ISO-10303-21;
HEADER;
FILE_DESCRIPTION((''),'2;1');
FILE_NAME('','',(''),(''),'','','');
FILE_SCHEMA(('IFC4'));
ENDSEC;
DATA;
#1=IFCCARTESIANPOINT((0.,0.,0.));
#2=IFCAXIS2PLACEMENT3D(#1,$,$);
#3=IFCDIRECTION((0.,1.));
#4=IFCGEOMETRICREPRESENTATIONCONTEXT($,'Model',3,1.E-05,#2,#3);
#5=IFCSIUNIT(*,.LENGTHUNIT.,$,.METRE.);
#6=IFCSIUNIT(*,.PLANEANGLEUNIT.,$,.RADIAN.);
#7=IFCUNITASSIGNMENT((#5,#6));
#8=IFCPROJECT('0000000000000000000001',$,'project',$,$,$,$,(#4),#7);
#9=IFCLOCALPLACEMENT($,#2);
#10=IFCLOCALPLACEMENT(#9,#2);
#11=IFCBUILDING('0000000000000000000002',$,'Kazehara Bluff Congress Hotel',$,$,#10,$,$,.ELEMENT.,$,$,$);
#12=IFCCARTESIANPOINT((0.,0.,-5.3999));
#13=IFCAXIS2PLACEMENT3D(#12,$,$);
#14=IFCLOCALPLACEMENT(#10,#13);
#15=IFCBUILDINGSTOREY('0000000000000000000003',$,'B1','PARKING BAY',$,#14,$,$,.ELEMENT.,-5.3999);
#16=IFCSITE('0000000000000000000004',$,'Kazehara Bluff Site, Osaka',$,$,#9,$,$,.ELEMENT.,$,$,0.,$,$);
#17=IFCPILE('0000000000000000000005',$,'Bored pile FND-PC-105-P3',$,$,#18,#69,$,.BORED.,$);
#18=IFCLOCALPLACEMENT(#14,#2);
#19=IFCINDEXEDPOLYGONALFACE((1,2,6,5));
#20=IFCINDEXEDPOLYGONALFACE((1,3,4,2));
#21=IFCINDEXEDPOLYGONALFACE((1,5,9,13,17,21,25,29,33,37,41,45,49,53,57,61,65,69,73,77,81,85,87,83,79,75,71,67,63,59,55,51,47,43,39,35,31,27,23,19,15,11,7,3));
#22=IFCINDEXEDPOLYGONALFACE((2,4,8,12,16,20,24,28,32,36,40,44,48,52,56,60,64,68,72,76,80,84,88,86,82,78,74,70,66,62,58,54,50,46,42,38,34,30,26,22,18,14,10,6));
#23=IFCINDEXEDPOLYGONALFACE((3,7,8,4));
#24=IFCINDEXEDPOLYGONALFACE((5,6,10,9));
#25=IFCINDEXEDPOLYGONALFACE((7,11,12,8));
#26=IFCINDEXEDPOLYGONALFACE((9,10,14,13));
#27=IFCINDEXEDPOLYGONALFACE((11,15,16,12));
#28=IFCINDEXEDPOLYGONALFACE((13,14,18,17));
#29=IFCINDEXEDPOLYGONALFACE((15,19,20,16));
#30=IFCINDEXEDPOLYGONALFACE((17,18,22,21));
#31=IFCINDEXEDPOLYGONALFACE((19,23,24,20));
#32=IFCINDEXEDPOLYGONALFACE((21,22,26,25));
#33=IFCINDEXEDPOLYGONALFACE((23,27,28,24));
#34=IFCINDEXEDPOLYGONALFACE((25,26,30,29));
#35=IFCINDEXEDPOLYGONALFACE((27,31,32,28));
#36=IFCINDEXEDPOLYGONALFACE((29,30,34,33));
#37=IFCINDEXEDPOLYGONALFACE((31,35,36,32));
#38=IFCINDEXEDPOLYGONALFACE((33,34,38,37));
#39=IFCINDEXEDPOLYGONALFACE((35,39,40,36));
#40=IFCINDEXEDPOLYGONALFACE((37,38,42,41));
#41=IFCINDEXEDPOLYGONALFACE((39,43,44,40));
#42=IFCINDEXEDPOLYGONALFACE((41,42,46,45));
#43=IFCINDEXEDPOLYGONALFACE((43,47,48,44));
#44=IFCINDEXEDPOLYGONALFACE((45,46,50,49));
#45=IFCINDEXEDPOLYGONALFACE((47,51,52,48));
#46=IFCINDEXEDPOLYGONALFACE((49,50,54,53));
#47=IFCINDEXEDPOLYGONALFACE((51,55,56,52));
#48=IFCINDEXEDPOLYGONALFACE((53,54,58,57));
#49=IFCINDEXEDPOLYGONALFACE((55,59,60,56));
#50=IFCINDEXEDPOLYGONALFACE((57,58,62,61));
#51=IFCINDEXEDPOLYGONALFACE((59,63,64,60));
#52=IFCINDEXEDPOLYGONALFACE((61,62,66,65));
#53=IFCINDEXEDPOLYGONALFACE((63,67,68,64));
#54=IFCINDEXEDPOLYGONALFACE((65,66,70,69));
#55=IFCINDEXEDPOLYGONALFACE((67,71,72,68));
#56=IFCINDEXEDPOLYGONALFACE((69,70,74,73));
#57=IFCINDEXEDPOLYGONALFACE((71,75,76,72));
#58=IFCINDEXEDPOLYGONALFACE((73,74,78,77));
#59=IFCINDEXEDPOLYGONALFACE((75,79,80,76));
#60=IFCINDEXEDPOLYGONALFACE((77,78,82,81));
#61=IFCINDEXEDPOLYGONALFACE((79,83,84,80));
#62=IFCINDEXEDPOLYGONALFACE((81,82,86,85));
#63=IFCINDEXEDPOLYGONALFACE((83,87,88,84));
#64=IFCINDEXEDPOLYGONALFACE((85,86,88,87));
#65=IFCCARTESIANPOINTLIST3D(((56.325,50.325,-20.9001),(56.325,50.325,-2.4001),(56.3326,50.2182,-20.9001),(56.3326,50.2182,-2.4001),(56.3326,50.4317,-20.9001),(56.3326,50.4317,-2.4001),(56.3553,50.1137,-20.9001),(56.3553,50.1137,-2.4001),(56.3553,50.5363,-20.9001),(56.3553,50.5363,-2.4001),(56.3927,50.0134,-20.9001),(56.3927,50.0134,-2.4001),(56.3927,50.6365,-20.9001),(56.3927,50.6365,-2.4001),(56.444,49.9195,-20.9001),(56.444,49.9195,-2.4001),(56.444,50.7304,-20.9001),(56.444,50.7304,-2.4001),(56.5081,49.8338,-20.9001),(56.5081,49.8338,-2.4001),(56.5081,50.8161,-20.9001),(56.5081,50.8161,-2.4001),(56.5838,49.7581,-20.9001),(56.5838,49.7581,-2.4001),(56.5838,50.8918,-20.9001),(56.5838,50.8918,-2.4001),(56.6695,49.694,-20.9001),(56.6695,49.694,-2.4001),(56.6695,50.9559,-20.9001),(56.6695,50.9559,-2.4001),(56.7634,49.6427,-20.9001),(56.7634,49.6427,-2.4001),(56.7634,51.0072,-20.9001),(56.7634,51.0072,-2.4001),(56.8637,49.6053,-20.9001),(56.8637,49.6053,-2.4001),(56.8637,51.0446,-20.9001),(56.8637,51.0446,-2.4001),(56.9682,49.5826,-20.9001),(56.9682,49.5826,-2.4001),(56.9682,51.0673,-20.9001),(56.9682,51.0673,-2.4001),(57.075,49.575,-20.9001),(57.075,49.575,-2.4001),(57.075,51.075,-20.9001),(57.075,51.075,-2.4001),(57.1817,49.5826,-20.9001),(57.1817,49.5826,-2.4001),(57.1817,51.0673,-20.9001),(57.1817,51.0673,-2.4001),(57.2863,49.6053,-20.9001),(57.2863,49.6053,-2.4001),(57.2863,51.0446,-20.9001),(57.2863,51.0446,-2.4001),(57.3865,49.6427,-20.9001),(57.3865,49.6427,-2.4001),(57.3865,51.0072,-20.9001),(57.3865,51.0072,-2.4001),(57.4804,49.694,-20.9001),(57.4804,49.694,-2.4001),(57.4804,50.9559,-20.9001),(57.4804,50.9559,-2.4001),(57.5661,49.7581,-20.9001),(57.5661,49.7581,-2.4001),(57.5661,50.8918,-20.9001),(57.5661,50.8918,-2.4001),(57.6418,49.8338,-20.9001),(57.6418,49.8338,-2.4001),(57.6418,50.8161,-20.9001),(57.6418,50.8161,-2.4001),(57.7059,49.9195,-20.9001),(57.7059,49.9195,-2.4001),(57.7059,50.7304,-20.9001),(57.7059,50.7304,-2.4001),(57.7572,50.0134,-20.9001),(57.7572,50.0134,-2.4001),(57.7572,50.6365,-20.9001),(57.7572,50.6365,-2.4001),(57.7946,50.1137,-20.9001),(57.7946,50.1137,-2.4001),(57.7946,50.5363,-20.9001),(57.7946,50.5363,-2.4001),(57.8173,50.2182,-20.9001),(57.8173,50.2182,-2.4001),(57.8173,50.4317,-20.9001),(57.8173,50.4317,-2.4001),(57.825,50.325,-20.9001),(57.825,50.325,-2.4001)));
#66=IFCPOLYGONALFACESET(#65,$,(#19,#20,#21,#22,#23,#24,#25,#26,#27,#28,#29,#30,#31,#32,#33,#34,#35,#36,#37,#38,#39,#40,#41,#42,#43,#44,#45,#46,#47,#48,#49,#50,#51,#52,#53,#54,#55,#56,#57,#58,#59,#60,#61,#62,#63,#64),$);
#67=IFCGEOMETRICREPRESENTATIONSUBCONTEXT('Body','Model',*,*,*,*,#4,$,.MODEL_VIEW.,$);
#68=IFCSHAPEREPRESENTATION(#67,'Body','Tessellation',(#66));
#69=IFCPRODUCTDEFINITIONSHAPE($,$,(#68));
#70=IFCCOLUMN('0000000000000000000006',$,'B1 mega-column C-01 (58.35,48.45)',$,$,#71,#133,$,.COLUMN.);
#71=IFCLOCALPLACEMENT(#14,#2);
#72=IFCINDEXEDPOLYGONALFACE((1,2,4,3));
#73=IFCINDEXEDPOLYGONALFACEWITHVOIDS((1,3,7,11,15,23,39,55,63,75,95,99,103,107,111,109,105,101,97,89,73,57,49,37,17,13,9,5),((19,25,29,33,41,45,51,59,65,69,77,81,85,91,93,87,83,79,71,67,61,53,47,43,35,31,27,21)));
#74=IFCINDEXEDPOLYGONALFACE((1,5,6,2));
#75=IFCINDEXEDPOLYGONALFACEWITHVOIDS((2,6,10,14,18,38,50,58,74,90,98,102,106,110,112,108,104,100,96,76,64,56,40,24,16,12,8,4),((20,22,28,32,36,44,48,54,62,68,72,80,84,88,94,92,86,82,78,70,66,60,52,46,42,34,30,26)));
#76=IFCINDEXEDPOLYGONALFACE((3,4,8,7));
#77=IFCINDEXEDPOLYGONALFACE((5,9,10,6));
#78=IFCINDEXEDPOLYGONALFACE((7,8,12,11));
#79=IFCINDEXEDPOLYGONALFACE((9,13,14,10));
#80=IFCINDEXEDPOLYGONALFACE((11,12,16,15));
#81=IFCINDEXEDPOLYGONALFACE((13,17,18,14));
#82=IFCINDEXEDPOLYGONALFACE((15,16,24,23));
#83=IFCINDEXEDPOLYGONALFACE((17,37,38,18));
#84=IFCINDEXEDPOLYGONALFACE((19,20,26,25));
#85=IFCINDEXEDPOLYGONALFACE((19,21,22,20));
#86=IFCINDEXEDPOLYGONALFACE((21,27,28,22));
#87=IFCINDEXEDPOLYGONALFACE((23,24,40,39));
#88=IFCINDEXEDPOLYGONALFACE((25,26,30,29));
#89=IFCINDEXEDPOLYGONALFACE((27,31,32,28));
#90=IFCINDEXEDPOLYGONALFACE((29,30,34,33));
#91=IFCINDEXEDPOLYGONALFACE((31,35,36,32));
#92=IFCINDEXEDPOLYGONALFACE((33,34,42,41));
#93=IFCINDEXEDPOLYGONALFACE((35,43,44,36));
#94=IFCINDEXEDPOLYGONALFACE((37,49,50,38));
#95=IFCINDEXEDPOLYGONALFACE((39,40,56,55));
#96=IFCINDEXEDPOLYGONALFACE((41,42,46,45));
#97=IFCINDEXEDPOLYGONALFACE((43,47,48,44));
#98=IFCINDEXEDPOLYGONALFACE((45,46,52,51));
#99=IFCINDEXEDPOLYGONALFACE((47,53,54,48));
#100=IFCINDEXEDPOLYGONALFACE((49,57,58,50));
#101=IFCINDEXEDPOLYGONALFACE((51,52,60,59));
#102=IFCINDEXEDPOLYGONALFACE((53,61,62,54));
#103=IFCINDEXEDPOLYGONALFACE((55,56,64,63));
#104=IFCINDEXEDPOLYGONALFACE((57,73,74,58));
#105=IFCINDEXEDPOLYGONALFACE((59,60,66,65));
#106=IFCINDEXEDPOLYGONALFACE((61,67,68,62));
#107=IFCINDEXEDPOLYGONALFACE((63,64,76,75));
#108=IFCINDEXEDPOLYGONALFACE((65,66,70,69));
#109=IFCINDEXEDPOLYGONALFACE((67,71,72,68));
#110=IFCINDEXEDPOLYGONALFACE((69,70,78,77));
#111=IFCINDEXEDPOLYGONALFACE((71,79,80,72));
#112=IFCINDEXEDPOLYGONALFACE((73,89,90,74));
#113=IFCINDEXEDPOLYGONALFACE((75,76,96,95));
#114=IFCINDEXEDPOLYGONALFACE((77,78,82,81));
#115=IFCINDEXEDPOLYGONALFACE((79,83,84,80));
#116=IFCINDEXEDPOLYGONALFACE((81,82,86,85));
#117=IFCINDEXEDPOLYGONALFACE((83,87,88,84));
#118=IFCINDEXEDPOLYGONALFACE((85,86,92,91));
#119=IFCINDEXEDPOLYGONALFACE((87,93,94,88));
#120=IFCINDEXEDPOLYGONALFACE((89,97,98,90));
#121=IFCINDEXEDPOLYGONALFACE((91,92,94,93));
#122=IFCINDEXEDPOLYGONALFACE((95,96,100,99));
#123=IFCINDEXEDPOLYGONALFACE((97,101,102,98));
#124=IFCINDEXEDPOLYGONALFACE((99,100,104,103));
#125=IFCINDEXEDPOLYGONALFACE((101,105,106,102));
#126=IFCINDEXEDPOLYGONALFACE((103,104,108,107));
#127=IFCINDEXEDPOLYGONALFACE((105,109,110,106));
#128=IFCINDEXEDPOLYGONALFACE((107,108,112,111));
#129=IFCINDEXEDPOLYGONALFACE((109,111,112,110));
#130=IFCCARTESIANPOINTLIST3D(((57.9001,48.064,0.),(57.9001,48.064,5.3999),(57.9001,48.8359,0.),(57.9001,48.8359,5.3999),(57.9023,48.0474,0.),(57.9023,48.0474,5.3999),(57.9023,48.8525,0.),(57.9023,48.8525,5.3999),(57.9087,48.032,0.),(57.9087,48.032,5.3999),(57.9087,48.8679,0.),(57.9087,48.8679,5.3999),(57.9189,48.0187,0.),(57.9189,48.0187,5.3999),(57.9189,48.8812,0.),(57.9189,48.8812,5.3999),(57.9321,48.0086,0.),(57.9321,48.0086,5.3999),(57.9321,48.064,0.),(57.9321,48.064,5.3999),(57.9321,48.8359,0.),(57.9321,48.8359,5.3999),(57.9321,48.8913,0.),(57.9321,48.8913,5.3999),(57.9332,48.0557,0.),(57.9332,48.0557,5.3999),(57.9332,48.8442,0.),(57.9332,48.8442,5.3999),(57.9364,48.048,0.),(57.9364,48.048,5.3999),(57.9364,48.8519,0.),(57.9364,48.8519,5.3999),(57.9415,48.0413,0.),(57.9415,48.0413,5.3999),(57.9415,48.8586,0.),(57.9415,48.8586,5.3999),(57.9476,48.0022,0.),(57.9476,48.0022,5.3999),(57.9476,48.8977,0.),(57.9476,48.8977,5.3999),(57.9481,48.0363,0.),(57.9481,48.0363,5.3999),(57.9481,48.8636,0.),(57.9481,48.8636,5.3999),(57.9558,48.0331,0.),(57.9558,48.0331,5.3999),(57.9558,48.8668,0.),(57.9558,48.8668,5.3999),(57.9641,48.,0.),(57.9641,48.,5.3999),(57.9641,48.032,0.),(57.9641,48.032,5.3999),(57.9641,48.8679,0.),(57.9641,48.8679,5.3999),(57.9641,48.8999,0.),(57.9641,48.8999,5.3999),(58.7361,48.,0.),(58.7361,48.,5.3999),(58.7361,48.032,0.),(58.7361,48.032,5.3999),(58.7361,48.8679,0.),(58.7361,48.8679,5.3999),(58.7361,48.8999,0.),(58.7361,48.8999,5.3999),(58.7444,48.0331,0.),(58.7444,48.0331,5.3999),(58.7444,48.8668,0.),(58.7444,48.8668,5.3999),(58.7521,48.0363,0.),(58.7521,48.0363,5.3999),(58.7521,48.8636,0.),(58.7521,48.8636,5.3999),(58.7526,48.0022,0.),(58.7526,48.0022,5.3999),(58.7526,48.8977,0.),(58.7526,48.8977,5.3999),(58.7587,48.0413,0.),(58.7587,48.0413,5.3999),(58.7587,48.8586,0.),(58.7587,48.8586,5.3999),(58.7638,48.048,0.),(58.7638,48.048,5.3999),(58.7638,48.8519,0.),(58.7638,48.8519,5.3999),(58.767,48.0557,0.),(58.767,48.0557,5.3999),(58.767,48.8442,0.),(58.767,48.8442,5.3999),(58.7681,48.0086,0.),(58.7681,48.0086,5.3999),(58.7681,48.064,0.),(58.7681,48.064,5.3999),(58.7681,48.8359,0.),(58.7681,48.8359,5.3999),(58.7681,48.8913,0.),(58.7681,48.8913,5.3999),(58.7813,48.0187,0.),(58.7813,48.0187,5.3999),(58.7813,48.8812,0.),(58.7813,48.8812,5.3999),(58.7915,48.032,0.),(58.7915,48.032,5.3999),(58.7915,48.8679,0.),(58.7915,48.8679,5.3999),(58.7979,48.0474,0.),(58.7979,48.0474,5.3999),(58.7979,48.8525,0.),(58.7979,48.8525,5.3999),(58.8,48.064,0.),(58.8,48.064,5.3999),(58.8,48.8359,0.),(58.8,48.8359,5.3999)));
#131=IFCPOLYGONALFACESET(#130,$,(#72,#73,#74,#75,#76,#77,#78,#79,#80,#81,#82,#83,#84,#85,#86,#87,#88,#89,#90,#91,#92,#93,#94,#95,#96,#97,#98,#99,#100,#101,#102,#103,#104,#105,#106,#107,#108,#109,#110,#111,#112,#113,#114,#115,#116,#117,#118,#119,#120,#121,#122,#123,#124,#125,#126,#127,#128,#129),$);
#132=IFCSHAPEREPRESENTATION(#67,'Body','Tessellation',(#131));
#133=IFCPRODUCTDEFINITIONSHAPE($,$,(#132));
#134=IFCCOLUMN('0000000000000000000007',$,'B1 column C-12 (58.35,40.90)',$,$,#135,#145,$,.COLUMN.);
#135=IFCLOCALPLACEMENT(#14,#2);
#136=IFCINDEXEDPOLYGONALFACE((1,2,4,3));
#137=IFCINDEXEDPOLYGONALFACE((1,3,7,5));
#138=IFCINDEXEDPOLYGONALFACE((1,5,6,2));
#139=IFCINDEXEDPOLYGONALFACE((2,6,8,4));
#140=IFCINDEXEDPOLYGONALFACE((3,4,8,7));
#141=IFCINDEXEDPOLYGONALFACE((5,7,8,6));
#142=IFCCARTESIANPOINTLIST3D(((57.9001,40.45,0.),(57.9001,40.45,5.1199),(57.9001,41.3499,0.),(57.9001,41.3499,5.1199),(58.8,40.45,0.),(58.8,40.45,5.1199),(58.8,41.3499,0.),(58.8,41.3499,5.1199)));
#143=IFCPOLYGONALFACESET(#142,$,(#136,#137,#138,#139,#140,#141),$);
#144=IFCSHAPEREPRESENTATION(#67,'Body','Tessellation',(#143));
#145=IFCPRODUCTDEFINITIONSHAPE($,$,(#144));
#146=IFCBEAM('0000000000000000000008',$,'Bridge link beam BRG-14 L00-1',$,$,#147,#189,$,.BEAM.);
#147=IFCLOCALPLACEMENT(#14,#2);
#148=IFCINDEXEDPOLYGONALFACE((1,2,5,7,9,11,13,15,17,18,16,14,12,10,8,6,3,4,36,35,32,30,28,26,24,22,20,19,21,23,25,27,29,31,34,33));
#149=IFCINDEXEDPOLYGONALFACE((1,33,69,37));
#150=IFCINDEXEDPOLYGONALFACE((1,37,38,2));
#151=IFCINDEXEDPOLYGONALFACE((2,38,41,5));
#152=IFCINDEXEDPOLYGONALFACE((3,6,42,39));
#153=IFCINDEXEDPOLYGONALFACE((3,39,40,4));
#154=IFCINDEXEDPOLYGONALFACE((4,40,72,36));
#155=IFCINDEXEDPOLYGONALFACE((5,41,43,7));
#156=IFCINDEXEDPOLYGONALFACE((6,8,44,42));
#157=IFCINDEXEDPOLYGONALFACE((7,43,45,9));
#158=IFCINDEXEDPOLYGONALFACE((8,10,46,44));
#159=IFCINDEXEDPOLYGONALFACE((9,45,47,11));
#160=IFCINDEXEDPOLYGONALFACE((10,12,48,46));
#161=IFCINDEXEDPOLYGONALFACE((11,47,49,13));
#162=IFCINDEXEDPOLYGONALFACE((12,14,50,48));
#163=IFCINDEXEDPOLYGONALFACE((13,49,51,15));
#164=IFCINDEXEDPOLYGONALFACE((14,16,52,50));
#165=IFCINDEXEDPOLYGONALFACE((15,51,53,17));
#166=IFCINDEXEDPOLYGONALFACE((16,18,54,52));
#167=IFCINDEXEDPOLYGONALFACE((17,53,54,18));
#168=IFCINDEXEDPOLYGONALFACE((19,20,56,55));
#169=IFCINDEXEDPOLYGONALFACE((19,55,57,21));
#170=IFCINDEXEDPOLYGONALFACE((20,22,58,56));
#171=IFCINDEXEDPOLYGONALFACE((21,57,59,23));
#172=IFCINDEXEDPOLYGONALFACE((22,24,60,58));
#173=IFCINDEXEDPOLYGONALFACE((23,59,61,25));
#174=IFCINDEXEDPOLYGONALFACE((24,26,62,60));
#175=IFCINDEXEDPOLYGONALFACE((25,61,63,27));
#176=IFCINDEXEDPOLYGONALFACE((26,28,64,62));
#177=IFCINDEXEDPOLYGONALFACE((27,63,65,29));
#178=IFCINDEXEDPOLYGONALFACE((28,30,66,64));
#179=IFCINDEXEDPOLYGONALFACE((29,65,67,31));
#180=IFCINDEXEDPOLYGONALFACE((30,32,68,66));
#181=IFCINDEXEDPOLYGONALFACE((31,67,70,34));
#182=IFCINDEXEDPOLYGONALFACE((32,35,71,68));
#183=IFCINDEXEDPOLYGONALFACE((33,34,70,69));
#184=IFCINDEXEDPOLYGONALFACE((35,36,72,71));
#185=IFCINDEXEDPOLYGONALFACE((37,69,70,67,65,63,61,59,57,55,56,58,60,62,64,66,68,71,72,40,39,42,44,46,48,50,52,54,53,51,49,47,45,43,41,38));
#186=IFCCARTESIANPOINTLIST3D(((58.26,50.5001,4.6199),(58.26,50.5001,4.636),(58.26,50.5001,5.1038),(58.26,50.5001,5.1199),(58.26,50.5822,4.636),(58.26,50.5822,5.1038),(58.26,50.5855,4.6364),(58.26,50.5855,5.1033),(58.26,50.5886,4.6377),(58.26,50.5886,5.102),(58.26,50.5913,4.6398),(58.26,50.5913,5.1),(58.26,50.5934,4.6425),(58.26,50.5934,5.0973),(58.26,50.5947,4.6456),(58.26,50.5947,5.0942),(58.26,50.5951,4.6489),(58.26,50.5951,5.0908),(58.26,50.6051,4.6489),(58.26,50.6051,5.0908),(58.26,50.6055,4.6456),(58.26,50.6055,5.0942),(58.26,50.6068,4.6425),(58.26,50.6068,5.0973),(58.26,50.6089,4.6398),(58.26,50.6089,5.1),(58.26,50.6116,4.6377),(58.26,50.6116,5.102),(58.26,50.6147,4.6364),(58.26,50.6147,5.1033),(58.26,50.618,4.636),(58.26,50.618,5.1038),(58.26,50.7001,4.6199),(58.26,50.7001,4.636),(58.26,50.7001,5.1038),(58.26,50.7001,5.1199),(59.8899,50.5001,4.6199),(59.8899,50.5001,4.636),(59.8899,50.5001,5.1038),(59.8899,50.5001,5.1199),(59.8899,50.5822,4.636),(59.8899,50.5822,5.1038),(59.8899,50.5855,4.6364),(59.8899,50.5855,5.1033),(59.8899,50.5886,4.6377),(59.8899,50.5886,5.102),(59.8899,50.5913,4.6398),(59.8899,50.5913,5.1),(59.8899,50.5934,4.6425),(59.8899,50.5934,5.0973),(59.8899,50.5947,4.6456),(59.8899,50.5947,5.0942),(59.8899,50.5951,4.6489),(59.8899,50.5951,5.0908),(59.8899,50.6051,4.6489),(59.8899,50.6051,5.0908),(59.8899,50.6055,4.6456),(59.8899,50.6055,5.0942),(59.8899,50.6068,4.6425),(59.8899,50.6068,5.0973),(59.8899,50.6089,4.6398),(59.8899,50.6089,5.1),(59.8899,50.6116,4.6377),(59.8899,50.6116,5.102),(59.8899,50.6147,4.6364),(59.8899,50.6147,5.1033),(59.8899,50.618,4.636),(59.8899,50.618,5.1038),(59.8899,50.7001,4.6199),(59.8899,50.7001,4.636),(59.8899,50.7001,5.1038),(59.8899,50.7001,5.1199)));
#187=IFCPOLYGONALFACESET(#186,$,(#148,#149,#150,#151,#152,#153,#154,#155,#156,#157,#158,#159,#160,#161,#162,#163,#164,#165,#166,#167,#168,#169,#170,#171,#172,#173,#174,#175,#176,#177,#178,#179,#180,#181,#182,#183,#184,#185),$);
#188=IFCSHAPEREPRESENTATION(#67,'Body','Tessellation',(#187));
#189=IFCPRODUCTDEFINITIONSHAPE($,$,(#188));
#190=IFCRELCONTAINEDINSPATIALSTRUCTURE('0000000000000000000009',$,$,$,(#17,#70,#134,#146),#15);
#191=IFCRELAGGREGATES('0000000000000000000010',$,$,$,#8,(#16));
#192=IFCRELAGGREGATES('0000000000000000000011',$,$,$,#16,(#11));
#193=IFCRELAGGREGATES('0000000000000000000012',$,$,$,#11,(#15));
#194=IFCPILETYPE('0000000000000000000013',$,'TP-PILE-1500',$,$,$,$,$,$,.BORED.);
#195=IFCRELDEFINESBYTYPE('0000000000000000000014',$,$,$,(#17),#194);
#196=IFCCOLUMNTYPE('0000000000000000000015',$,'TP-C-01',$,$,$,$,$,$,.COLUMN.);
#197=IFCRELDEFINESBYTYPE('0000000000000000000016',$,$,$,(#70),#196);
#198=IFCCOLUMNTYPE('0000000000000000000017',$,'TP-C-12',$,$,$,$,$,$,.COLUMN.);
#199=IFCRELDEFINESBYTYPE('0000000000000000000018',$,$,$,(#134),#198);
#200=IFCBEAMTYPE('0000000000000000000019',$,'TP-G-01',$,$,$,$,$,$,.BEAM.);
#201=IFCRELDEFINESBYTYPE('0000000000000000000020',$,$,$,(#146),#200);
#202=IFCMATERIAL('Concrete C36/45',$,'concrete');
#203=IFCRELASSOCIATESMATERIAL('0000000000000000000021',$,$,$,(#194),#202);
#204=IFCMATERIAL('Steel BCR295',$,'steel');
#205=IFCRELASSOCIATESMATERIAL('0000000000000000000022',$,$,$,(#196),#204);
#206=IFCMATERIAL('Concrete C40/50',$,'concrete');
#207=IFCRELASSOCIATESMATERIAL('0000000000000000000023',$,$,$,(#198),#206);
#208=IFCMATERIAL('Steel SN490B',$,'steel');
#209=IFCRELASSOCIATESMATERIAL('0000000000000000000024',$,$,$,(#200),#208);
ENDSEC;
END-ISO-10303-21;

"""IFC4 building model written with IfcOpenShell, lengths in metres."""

from ifc_helpers import new_model, si_unit, direction, frame, origin, origin_2d, place, context, subcontext, project, spatial, rectangle, hollow_rectangle, circle, i_section, extrude, material, material_profile, profile_set, type_object, element, save


model = new_model("IFC4")

# Units and contexts
model_context = context("Model", 3, precision=1e-05, world=origin(), true_north=direction((0.0, 1.0)))
body_context = subcontext(model_context, "Body", "Model", "MODEL_VIEW")
ifc_project = project(units=[si_unit("LENGTHUNIT", "METRE"), si_unit("PLANEANGLEUNIT", "RADIAN")], contexts=[model_context])

# Site, building, storey
site_placement = place(None, origin())
site = spatial("IfcSite", under=ifc_project, at=site_placement, Name="Kazehara Bluff Site, Osaka", CompositionType="ELEMENT", RefElevation=0.0)
building_placement = place(site_placement, origin())
building = spatial("IfcBuilding", under=site, at=building_placement, Name="Kazehara Bluff Congress Hotel", CompositionType="ELEMENT")
storey_placement = place(building_placement, frame((0.0, 0.0, -5.3999)))
storey = spatial("IfcBuildingStorey", under=building, at=storey_placement, Name="B1", Description="PARKING BAY", CompositionType="ELEMENT", Elevation=-5.3999)

# Pile
ifc_material_1 = material(Name="Concrete C36/45", Category="concrete")
ifc_material_profile_1 = material_profile(ifc_material_1, circle(Radius=0.75, at=origin_2d()))
ifc_profile_set_1 = profile_set([ifc_material_profile_1], Name="Concrete C36/45")
pile_type_1 = type_object("IfcPileType", Name="TP-PILE-1500", PredefinedType="BORED", material=ifc_profile_set_1)
for number, where, z_axis, x_axis, name in (
    (1, (57.075, 50.325, -2.4001), (0.0, 0.0, -1.0), (1.0, 0.0, 0.0), "Bored pile FND-PC-105-P3"),
):
    element("IfcPile", number, at=place(storey_placement, frame(where, z_axis=z_axis, x_axis=x_axis)), inside=storey, type_object=pile_type_1, Name=name, PredefinedType="BORED", context=body_context, shape_type="SweptSolid", body=[
        extrude(circle(Radius=0.75, at=origin_2d()), origin(), (0.0, 0.0, 1.0), 18.5),
    ])

# Columns
ifc_material_2 = material(Name="Steel BCR295", Category="steel")
ifc_material_profile_2 = material_profile(ifc_material_2, hollow_rectangle(XDim=0.8999, YDim=0.8999, WallThickness=0.032, InnerFilletRadius=0.032, OuterFilletRadius=0.064, at=origin_2d()))
ifc_profile_set_2 = profile_set([ifc_material_profile_2], Name="Steel BCR295")
column_type_1 = type_object("IfcColumnType", Name="TP-C-01", PredefinedType="COLUMN", material=ifc_profile_set_2)
column_1_placement = place(storey_placement, frame((58.3501, 48.45, 0.0), z_axis=(0.0, 0.0, 1.0), x_axis=(1.0, 0.0, 0.0)))
element("IfcColumn", 2, at=column_1_placement, inside=storey, type_object=column_type_1, Name="B1 mega-column C-01 (58.35,48.45)", PredefinedType="COLUMN", context=body_context, shape_type="SweptSolid", body=[
    extrude(hollow_rectangle(XDim=0.8999, YDim=0.8999, WallThickness=0.032, InnerFilletRadius=0.032, OuterFilletRadius=0.064, at=origin_2d()), origin(), (0.0, 0.0, 1.0), 5.3999),
])
ifc_material_3 = material(Name="Concrete C40/50", Category="concrete")
ifc_material_profile_3 = material_profile(ifc_material_3, rectangle(XDim=0.8999, YDim=0.8999, at=origin_2d()))
ifc_profile_set_3 = profile_set([ifc_material_profile_3], Name="Concrete C40/50")
column_type_2 = type_object("IfcColumnType", Name="TP-C-12", PredefinedType="COLUMN", material=ifc_profile_set_3)
column_2_placement = place(storey_placement, frame((58.3501, 40.8999, 0.0), z_axis=(0.0, 0.0, 1.0), x_axis=(1.0, 0.0, 0.0)))
element("IfcColumn", 3, at=column_2_placement, inside=storey, type_object=column_type_2, Name="B1 column C-12 (58.35,40.90)", PredefinedType="COLUMN", context=body_context, shape_type="SweptSolid", body=[
    extrude(rectangle(XDim=0.8999, YDim=0.8999, at=origin_2d()), origin(), (0.0, 0.0, 1.0), 5.1199),
])

# Beam
ifc_material_4 = material(Name="Steel SN490B", Category="steel")
ifc_material_profile_4 = material_profile(ifc_material_4, i_section(OverallWidth=0.2, OverallDepth=0.5, WebThickness=0.01, FlangeThickness=0.0161, FilletRadius=0.0129, at=origin_2d()))
ifc_profile_set_4 = profile_set([ifc_material_profile_4], Name="Steel SN490B")
beam_type_1 = type_object("IfcBeamType", Name="TP-G-01", PredefinedType="BEAM", material=ifc_profile_set_4)
beam_1_placement = place(storey_placement, frame((58.26, 50.6001, 4.8699), z_axis=(1.0, 0.0, 0.0), x_axis=(0.0, 1.0, 0.0)))
element("IfcBeam", 4, at=beam_1_placement, inside=storey, type_object=beam_type_1, Name="Bridge link beam BRG-14 L00-1", PredefinedType="BEAM", context=body_context, shape_type="SweptSolid", body=[
    extrude(i_section(OverallWidth=0.2, OverallDepth=0.5, WebThickness=0.01, FlangeThickness=0.0161, FilletRadius=0.0129, at=origin_2d()), origin(), (0.0, 0.0, 1.0), 1.6299),
])

save(model, "model.ifc")
